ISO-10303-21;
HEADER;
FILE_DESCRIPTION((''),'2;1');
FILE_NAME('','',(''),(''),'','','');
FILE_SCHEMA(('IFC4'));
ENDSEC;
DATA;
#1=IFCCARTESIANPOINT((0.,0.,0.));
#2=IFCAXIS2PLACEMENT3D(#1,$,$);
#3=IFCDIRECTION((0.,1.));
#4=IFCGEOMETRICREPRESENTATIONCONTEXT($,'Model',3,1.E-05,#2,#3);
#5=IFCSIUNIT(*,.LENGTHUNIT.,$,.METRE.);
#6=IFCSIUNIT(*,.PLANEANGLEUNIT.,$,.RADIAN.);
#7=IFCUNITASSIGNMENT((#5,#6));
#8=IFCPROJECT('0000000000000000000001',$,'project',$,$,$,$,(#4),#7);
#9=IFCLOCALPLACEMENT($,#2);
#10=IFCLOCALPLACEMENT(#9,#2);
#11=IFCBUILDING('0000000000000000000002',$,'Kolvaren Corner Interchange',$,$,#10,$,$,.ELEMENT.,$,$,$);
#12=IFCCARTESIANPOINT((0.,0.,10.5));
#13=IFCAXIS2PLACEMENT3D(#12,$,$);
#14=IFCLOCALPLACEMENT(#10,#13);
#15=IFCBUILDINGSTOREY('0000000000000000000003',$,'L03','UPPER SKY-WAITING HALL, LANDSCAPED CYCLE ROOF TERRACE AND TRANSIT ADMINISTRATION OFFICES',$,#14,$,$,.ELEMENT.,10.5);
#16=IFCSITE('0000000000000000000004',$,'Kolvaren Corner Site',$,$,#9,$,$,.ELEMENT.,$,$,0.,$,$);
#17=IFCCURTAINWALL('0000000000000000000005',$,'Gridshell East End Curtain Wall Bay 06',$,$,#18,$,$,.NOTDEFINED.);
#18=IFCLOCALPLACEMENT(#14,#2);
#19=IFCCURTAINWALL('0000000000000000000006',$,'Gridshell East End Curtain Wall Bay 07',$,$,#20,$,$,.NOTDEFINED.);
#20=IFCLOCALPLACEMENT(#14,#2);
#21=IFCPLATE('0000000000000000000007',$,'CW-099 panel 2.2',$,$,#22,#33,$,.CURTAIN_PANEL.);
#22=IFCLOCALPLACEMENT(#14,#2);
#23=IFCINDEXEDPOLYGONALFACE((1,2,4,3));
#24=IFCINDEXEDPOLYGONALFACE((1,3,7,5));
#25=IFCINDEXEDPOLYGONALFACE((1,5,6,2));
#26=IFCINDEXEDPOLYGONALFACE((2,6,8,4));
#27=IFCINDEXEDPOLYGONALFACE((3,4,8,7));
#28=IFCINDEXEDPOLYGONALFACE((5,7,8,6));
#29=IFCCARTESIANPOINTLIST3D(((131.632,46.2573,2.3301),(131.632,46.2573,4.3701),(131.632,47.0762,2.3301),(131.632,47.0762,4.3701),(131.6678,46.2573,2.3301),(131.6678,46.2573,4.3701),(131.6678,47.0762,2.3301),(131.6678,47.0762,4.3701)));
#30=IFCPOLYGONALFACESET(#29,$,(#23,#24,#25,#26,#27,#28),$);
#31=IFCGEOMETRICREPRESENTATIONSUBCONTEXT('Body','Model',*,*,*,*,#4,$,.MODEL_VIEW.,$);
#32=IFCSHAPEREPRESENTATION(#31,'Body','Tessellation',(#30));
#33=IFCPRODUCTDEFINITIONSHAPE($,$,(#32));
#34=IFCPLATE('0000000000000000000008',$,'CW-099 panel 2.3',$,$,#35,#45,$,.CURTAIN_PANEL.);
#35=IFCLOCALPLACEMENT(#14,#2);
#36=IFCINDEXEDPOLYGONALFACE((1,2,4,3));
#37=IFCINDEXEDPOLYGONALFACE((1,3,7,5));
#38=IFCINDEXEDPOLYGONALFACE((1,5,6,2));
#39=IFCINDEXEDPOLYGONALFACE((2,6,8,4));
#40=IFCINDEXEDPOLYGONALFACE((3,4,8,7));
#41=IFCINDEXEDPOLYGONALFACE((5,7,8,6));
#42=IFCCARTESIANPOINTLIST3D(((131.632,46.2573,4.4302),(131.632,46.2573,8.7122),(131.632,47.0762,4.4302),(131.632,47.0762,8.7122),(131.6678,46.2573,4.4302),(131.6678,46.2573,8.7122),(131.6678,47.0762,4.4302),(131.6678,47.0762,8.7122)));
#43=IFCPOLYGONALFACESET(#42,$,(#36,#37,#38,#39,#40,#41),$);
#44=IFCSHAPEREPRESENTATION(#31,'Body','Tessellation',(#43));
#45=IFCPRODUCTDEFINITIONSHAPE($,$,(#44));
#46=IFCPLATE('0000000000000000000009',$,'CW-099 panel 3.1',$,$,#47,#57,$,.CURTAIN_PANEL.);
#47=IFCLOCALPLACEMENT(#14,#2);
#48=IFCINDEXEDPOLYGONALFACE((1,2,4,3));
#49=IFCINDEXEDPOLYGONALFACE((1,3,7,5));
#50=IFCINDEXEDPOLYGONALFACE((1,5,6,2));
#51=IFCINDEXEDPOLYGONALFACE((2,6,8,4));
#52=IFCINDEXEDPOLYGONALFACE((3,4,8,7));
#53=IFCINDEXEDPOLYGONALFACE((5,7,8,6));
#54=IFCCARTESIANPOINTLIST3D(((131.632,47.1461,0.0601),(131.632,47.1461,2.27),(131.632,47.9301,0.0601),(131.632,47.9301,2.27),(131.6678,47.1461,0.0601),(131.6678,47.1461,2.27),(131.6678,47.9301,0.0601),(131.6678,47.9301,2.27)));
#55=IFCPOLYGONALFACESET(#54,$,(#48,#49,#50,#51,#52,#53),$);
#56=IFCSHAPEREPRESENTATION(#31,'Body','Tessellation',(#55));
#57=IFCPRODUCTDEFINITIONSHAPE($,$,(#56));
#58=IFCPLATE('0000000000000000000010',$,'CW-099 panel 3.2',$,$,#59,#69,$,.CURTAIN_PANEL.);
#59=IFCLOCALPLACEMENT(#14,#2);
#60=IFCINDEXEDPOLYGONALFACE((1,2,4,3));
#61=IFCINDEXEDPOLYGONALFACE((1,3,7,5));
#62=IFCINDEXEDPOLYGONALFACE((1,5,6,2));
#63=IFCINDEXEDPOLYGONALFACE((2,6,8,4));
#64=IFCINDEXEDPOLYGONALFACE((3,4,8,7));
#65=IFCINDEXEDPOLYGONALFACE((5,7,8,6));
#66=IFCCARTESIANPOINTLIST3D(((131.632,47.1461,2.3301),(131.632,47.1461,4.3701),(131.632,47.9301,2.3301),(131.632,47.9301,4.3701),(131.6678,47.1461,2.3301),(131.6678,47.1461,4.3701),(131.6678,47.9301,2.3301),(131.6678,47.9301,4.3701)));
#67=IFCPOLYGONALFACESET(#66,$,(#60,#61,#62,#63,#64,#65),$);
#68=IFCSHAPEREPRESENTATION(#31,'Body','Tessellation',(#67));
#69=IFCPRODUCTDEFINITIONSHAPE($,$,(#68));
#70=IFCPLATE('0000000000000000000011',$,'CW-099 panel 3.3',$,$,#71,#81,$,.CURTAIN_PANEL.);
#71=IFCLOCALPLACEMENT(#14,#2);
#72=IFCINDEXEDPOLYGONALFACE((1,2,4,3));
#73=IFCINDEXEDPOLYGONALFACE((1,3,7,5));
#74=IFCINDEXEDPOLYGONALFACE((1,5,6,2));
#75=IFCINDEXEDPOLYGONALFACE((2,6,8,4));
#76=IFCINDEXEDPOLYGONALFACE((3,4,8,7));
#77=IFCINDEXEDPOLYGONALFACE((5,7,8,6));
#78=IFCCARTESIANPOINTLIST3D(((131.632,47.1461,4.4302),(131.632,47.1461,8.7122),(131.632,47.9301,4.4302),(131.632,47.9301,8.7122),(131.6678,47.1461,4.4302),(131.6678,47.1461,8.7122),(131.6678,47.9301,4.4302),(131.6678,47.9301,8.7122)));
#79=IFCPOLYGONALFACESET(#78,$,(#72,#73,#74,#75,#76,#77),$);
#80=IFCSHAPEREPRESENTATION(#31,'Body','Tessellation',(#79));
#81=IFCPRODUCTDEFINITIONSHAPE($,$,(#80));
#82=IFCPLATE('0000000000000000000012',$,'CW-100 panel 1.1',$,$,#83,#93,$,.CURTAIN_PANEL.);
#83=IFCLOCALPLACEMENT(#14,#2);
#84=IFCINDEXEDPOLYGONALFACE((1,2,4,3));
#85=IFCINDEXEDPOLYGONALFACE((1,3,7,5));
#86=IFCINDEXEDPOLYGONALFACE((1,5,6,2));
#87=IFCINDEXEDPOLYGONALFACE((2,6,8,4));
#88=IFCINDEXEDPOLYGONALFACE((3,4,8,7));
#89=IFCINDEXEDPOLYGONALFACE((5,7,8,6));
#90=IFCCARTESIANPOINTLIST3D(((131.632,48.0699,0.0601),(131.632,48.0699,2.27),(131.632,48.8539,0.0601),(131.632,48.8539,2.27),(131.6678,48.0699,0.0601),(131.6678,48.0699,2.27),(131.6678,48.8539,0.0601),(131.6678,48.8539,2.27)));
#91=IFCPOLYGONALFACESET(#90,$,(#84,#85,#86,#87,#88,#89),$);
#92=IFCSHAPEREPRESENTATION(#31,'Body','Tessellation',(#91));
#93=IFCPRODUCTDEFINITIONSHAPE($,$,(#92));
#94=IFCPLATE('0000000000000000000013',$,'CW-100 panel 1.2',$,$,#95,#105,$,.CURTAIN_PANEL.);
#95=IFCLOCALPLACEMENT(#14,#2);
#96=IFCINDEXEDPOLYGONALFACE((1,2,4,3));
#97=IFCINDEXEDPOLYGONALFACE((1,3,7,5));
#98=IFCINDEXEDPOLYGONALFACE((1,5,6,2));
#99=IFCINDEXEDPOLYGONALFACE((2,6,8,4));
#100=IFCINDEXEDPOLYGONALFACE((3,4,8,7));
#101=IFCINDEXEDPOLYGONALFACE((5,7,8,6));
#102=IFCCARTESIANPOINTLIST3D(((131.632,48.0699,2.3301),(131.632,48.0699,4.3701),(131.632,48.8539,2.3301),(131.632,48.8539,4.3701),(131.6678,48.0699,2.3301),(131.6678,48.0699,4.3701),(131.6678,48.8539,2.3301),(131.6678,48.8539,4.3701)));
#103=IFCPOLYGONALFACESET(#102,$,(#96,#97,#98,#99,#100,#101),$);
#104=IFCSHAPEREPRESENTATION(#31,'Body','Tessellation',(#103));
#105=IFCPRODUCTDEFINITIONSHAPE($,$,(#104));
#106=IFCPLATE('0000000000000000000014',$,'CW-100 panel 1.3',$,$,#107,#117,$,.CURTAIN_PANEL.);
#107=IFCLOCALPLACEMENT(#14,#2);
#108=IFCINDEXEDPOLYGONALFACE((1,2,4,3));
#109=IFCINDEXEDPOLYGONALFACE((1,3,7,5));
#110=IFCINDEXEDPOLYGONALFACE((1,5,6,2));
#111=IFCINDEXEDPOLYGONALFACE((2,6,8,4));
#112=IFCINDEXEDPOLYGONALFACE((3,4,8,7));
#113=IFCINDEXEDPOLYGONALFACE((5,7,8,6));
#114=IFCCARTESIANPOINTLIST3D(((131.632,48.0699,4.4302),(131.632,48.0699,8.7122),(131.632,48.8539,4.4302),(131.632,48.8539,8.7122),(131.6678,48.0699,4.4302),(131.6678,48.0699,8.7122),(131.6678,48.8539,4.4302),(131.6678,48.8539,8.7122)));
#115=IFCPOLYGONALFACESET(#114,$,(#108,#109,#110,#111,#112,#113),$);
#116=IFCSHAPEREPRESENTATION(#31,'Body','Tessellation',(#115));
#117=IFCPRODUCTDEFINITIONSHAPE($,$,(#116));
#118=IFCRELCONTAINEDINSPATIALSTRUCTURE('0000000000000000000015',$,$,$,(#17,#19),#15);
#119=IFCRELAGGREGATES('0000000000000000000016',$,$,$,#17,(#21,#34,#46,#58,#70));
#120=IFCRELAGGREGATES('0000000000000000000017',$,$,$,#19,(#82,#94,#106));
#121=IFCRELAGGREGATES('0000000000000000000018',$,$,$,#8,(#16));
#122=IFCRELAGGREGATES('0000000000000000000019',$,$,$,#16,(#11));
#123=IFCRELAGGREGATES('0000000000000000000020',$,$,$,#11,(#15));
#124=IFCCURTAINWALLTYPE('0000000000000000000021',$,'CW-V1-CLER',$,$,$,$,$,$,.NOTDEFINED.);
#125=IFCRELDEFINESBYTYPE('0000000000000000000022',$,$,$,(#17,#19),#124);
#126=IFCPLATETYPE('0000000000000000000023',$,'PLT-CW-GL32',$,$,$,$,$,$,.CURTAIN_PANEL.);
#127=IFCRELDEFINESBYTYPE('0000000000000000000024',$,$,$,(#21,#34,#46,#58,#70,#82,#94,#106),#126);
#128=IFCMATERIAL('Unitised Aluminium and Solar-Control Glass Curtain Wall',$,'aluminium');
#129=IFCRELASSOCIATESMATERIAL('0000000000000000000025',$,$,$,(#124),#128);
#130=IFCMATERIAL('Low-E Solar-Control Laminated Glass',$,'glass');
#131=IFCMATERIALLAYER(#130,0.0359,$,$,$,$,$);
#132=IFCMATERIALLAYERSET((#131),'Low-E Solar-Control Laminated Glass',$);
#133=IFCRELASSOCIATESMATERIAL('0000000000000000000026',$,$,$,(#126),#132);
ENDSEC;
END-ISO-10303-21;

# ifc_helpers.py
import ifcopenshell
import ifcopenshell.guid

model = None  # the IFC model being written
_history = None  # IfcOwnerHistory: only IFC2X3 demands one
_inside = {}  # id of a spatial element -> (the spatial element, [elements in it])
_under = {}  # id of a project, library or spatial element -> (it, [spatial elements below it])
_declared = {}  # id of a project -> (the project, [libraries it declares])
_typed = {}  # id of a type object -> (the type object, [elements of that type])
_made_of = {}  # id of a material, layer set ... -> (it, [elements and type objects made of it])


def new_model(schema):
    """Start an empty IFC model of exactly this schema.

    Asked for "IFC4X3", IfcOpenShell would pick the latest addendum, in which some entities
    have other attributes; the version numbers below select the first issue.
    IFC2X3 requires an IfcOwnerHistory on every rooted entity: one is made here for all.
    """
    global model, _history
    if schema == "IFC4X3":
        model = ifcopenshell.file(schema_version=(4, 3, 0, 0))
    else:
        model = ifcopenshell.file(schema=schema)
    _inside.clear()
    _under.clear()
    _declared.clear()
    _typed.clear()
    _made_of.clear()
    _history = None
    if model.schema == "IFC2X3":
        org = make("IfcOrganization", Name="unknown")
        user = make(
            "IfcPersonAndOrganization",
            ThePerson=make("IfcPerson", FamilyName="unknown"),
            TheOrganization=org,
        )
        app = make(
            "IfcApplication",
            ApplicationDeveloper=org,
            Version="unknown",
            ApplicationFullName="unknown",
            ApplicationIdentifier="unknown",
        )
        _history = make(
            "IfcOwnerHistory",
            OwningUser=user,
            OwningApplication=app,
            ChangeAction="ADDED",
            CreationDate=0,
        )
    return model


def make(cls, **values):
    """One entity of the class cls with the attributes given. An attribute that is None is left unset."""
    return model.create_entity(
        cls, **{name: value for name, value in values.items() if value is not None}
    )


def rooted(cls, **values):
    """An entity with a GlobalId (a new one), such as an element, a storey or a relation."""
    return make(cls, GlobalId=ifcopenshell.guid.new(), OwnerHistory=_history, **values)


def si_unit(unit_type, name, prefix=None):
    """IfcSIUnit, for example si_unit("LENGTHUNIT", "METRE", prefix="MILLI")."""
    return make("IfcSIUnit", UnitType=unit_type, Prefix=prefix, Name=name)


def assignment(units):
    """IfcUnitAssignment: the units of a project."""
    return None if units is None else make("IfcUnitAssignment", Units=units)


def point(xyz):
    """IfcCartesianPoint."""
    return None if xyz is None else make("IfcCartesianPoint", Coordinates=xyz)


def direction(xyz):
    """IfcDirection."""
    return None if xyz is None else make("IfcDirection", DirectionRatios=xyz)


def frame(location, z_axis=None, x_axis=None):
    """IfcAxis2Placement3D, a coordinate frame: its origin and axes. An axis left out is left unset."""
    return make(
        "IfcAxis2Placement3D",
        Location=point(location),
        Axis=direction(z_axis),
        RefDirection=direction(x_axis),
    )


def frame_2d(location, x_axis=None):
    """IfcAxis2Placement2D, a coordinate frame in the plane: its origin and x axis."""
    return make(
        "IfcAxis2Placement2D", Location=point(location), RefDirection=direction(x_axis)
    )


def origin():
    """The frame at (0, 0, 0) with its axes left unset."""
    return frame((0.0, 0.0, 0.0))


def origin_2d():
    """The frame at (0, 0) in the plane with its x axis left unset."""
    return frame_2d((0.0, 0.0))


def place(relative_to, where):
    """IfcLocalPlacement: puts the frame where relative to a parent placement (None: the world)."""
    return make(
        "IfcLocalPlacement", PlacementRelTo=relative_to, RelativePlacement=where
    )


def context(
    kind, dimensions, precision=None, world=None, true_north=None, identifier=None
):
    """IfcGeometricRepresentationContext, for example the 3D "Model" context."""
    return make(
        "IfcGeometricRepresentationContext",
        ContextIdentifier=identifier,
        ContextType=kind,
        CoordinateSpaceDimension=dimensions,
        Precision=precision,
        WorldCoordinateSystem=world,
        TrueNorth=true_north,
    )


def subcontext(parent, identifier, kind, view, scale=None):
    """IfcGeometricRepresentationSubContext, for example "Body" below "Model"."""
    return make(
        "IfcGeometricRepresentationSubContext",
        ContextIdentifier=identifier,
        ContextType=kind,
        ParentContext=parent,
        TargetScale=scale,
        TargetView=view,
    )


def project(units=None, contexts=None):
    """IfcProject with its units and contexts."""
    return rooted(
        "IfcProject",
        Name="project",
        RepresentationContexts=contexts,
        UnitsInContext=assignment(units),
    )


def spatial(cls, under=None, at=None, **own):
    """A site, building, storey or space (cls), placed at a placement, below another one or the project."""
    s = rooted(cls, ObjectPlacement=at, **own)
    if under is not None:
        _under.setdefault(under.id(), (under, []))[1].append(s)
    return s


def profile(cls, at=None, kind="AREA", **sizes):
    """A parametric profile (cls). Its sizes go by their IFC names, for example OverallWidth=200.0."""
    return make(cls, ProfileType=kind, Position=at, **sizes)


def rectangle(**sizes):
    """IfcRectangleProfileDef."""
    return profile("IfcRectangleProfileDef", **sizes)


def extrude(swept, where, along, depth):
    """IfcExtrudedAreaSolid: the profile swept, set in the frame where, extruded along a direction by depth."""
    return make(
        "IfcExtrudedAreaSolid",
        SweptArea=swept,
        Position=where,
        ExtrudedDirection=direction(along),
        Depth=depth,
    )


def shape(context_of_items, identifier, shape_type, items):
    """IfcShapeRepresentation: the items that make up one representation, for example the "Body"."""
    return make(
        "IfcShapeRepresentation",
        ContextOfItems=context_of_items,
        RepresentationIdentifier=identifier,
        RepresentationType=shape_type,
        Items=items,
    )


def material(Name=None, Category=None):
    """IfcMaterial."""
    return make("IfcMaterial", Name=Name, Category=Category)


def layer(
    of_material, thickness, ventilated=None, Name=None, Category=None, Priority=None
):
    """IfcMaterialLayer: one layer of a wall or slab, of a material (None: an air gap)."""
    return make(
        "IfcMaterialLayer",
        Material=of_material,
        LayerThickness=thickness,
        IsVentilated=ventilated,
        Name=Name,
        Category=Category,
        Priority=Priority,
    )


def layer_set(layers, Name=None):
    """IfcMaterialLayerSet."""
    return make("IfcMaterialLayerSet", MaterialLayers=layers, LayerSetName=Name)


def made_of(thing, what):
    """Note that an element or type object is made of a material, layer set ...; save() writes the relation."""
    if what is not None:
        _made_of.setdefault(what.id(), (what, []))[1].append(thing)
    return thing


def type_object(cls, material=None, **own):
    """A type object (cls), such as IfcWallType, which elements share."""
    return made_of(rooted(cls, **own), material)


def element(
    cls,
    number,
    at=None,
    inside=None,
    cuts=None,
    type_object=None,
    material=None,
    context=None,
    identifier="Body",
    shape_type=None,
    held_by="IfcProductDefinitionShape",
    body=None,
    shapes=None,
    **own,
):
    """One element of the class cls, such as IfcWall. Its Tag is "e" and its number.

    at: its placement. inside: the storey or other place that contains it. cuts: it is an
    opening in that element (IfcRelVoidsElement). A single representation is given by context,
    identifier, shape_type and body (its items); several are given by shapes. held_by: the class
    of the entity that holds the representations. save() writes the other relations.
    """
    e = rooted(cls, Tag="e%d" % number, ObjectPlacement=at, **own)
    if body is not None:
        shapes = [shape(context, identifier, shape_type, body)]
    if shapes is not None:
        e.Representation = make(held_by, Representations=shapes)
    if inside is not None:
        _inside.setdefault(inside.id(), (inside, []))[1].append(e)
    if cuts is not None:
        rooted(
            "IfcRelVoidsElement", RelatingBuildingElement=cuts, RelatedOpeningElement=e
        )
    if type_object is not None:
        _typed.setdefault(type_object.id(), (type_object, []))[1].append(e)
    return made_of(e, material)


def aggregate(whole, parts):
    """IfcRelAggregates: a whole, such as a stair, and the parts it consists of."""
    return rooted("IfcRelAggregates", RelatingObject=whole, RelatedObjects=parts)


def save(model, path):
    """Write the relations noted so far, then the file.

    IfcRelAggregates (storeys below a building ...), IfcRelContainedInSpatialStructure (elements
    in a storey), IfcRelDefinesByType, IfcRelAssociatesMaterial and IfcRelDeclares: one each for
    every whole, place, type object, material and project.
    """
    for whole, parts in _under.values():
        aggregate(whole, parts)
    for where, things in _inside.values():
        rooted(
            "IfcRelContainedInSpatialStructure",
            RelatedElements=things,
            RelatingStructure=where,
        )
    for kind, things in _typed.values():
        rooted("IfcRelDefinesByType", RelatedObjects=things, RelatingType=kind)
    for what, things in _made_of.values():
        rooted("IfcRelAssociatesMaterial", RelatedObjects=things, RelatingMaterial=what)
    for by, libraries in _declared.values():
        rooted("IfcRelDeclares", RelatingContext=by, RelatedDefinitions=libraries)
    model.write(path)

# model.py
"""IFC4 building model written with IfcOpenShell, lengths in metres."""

from ifc_helpers import new_model, si_unit, direction, frame, origin, origin_2d, place, context, subcontext, project, spatial, rectangle, extrude, material, layer, layer_set, type_object, element, aggregate, save


model = new_model("IFC4")

# Units and contexts
model_context = context("Model", 3, precision=1e-05, world=origin(), true_north=direction((0.0, 1.0)))
body_context = subcontext(model_context, "Body", "Model", "MODEL_VIEW")
ifc_project = project(units=[si_unit("LENGTHUNIT", "METRE"), si_unit("PLANEANGLEUNIT", "RADIAN")], contexts=[model_context])

# Site, building, storey
site_placement = place(None, origin())
site = spatial("IfcSite", under=ifc_project, at=site_placement, Name="Kolvaren Corner Site", CompositionType="ELEMENT", RefElevation=0.0)
building_placement = place(site_placement, origin())
building = spatial("IfcBuilding", under=site, at=building_placement, Name="Kolvaren Corner Interchange", CompositionType="ELEMENT")
storey_placement = place(building_placement, frame((0.0, 0.0, 10.5)))
storey = spatial("IfcBuildingStorey", under=building, at=storey_placement, Name="L03", Description="UPPER SKY-WAITING HALL, LANDSCAPED CYCLE ROOF TERRACE AND TRANSIT ADMINISTRATION OFFICES", CompositionType="ELEMENT", Elevation=10.5)

# Curtain walls
ifc_material_1 = material(Name="Unitised Aluminium and Solar-Control Glass Curtain Wall", Category="aluminium")
curtain_wall_type = type_object("IfcCurtainWallType", Name="CW-V1-CLER", PredefinedType="NOTDEFINED", material=ifc_material_1)
curtain_wall_1_placement = place(storey_placement, origin())
curtain_wall_1 = element("IfcCurtainWall", 1, at=curtain_wall_1_placement, inside=storey, type_object=curtain_wall_type, Name="Gridshell East End Curtain Wall Bay 06", PredefinedType="NOTDEFINED")
curtain_wall_2_placement = place(storey_placement, origin())
curtain_wall_2 = element("IfcCurtainWall", 2, at=curtain_wall_2_placement, inside=storey, type_object=curtain_wall_type, Name="Gridshell East End Curtain Wall Bay 07", PredefinedType="NOTDEFINED")

# Plates
ifc_material_2 = material(Name="Low-E Solar-Control Laminated Glass", Category="glass")
ifc_layer = layer(ifc_material_2, 0.0359)
ifc_layer_set = layer_set([ifc_layer], Name="Low-E Solar-Control Laminated Glass")
plate_type = type_object("IfcPlateType", Name="PLT-CW-GL32", PredefinedType="CURTAIN_PANEL", material=ifc_layer_set)
plate_1_placement = place(storey_placement, frame((131.6499, 46.6667, 2.3301), z_axis=(0.0, 0.0, 1.0), x_axis=(0.0, 1.0, 0.0)))
plate_1 = element("IfcPlate", 3, at=plate_1_placement, type_object=plate_type, Name="CW-099 panel 2.2", PredefinedType="CURTAIN_PANEL", context=body_context, shape_type="SweptSolid", body=[
    extrude(rectangle(XDim=0.8188, YDim=0.0359, at=origin_2d()), origin(), (0.0, 0.0, 1.0), 2.04),
])
plate_2_placement = place(storey_placement, frame((131.6499, 46.6667, 4.4302), z_axis=(0.0, 0.0, 1.0), x_axis=(0.0, 1.0, 0.0)))
plate_2 = element("IfcPlate", 4, at=plate_2_placement, type_object=plate_type, Name="CW-099 panel 2.3", PredefinedType="CURTAIN_PANEL", context=body_context, shape_type="SweptSolid", body=[
    extrude(rectangle(XDim=0.8188, YDim=0.0359, at=origin_2d()), origin(), (0.0, 0.0, 1.0), 4.282),
])
plate_3_placement = place(storey_placement, frame((131.6499, 47.5381, 0.0601), z_axis=(0.0, 0.0, 1.0), x_axis=(0.0, 1.0, 0.0)))
plate_3 = element("IfcPlate", 5, at=plate_3_placement, type_object=plate_type, Name="CW-099 panel 3.1", PredefinedType="CURTAIN_PANEL", context=body_context, shape_type="SweptSolid", body=[
    extrude(rectangle(XDim=0.7839, YDim=0.0359, at=origin_2d()), origin(), (0.0, 0.0, 1.0), 2.21),
])
plate_4_placement = place(storey_placement, frame((131.6499, 47.5381, 2.3301), z_axis=(0.0, 0.0, 1.0), x_axis=(0.0, 1.0, 0.0)))
plate_4 = element("IfcPlate", 6, at=plate_4_placement, type_object=plate_type, Name="CW-099 panel 3.2", PredefinedType="CURTAIN_PANEL", context=body_context, shape_type="SweptSolid", body=[
    extrude(rectangle(XDim=0.7839, YDim=0.0359, at=origin_2d()), origin(), (0.0, 0.0, 1.0), 2.04),
])
plate_5_placement = place(storey_placement, frame((131.6499, 47.5381, 4.4302), z_axis=(0.0, 0.0, 1.0), x_axis=(0.0, 1.0, 0.0)))
plate_5 = element("IfcPlate", 7, at=plate_5_placement, type_object=plate_type, Name="CW-099 panel 3.3", PredefinedType="CURTAIN_PANEL", context=body_context, shape_type="SweptSolid", body=[
    extrude(rectangle(XDim=0.7839, YDim=0.0359, at=origin_2d()), origin(), (0.0, 0.0, 1.0), 4.282),
])
aggregate(curtain_wall_1, [plate_1, plate_2, plate_3, plate_4, plate_5])
plate_6_placement = place(storey_placement, frame((131.6499, 48.4619, 0.0601), z_axis=(0.0, 0.0, 1.0), x_axis=(0.0, 1.0, 0.0)))
plate_6 = element("IfcPlate", 8, at=plate_6_placement, type_object=plate_type, Name="CW-100 panel 1.1", PredefinedType="CURTAIN_PANEL", context=body_context, shape_type="SweptSolid", body=[
    extrude(rectangle(XDim=0.7839, YDim=0.0359, at=origin_2d()), origin(), (0.0, 0.0, 1.0), 2.21),
])
plate_7_placement = place(storey_placement, frame((131.6499, 48.4619, 2.3301), z_axis=(0.0, 0.0, 1.0), x_axis=(0.0, 1.0, 0.0)))
plate_7 = element("IfcPlate", 9, at=plate_7_placement, type_object=plate_type, Name="CW-100 panel 1.2", PredefinedType="CURTAIN_PANEL", context=body_context, shape_type="SweptSolid", body=[
    extrude(rectangle(XDim=0.7839, YDim=0.0359, at=origin_2d()), origin(), (0.0, 0.0, 1.0), 2.04),
])
plate_8_placement = place(storey_placement, frame((131.6499, 48.4619, 4.4302), z_axis=(0.0, 0.0, 1.0), x_axis=(0.0, 1.0, 0.0)))
plate_8 = element("IfcPlate", 10, at=plate_8_placement, type_object=plate_type, Name="CW-100 panel 1.3", PredefinedType="CURTAIN_PANEL", context=body_context, shape_type="SweptSolid", body=[
    extrude(rectangle(XDim=0.7839, YDim=0.0359, at=origin_2d()), origin(), (0.0, 0.0, 1.0), 4.282),
])
aggregate(curtain_wall_2, [plate_6, plate_7, plate_8])

save(model, "model.ifc")
